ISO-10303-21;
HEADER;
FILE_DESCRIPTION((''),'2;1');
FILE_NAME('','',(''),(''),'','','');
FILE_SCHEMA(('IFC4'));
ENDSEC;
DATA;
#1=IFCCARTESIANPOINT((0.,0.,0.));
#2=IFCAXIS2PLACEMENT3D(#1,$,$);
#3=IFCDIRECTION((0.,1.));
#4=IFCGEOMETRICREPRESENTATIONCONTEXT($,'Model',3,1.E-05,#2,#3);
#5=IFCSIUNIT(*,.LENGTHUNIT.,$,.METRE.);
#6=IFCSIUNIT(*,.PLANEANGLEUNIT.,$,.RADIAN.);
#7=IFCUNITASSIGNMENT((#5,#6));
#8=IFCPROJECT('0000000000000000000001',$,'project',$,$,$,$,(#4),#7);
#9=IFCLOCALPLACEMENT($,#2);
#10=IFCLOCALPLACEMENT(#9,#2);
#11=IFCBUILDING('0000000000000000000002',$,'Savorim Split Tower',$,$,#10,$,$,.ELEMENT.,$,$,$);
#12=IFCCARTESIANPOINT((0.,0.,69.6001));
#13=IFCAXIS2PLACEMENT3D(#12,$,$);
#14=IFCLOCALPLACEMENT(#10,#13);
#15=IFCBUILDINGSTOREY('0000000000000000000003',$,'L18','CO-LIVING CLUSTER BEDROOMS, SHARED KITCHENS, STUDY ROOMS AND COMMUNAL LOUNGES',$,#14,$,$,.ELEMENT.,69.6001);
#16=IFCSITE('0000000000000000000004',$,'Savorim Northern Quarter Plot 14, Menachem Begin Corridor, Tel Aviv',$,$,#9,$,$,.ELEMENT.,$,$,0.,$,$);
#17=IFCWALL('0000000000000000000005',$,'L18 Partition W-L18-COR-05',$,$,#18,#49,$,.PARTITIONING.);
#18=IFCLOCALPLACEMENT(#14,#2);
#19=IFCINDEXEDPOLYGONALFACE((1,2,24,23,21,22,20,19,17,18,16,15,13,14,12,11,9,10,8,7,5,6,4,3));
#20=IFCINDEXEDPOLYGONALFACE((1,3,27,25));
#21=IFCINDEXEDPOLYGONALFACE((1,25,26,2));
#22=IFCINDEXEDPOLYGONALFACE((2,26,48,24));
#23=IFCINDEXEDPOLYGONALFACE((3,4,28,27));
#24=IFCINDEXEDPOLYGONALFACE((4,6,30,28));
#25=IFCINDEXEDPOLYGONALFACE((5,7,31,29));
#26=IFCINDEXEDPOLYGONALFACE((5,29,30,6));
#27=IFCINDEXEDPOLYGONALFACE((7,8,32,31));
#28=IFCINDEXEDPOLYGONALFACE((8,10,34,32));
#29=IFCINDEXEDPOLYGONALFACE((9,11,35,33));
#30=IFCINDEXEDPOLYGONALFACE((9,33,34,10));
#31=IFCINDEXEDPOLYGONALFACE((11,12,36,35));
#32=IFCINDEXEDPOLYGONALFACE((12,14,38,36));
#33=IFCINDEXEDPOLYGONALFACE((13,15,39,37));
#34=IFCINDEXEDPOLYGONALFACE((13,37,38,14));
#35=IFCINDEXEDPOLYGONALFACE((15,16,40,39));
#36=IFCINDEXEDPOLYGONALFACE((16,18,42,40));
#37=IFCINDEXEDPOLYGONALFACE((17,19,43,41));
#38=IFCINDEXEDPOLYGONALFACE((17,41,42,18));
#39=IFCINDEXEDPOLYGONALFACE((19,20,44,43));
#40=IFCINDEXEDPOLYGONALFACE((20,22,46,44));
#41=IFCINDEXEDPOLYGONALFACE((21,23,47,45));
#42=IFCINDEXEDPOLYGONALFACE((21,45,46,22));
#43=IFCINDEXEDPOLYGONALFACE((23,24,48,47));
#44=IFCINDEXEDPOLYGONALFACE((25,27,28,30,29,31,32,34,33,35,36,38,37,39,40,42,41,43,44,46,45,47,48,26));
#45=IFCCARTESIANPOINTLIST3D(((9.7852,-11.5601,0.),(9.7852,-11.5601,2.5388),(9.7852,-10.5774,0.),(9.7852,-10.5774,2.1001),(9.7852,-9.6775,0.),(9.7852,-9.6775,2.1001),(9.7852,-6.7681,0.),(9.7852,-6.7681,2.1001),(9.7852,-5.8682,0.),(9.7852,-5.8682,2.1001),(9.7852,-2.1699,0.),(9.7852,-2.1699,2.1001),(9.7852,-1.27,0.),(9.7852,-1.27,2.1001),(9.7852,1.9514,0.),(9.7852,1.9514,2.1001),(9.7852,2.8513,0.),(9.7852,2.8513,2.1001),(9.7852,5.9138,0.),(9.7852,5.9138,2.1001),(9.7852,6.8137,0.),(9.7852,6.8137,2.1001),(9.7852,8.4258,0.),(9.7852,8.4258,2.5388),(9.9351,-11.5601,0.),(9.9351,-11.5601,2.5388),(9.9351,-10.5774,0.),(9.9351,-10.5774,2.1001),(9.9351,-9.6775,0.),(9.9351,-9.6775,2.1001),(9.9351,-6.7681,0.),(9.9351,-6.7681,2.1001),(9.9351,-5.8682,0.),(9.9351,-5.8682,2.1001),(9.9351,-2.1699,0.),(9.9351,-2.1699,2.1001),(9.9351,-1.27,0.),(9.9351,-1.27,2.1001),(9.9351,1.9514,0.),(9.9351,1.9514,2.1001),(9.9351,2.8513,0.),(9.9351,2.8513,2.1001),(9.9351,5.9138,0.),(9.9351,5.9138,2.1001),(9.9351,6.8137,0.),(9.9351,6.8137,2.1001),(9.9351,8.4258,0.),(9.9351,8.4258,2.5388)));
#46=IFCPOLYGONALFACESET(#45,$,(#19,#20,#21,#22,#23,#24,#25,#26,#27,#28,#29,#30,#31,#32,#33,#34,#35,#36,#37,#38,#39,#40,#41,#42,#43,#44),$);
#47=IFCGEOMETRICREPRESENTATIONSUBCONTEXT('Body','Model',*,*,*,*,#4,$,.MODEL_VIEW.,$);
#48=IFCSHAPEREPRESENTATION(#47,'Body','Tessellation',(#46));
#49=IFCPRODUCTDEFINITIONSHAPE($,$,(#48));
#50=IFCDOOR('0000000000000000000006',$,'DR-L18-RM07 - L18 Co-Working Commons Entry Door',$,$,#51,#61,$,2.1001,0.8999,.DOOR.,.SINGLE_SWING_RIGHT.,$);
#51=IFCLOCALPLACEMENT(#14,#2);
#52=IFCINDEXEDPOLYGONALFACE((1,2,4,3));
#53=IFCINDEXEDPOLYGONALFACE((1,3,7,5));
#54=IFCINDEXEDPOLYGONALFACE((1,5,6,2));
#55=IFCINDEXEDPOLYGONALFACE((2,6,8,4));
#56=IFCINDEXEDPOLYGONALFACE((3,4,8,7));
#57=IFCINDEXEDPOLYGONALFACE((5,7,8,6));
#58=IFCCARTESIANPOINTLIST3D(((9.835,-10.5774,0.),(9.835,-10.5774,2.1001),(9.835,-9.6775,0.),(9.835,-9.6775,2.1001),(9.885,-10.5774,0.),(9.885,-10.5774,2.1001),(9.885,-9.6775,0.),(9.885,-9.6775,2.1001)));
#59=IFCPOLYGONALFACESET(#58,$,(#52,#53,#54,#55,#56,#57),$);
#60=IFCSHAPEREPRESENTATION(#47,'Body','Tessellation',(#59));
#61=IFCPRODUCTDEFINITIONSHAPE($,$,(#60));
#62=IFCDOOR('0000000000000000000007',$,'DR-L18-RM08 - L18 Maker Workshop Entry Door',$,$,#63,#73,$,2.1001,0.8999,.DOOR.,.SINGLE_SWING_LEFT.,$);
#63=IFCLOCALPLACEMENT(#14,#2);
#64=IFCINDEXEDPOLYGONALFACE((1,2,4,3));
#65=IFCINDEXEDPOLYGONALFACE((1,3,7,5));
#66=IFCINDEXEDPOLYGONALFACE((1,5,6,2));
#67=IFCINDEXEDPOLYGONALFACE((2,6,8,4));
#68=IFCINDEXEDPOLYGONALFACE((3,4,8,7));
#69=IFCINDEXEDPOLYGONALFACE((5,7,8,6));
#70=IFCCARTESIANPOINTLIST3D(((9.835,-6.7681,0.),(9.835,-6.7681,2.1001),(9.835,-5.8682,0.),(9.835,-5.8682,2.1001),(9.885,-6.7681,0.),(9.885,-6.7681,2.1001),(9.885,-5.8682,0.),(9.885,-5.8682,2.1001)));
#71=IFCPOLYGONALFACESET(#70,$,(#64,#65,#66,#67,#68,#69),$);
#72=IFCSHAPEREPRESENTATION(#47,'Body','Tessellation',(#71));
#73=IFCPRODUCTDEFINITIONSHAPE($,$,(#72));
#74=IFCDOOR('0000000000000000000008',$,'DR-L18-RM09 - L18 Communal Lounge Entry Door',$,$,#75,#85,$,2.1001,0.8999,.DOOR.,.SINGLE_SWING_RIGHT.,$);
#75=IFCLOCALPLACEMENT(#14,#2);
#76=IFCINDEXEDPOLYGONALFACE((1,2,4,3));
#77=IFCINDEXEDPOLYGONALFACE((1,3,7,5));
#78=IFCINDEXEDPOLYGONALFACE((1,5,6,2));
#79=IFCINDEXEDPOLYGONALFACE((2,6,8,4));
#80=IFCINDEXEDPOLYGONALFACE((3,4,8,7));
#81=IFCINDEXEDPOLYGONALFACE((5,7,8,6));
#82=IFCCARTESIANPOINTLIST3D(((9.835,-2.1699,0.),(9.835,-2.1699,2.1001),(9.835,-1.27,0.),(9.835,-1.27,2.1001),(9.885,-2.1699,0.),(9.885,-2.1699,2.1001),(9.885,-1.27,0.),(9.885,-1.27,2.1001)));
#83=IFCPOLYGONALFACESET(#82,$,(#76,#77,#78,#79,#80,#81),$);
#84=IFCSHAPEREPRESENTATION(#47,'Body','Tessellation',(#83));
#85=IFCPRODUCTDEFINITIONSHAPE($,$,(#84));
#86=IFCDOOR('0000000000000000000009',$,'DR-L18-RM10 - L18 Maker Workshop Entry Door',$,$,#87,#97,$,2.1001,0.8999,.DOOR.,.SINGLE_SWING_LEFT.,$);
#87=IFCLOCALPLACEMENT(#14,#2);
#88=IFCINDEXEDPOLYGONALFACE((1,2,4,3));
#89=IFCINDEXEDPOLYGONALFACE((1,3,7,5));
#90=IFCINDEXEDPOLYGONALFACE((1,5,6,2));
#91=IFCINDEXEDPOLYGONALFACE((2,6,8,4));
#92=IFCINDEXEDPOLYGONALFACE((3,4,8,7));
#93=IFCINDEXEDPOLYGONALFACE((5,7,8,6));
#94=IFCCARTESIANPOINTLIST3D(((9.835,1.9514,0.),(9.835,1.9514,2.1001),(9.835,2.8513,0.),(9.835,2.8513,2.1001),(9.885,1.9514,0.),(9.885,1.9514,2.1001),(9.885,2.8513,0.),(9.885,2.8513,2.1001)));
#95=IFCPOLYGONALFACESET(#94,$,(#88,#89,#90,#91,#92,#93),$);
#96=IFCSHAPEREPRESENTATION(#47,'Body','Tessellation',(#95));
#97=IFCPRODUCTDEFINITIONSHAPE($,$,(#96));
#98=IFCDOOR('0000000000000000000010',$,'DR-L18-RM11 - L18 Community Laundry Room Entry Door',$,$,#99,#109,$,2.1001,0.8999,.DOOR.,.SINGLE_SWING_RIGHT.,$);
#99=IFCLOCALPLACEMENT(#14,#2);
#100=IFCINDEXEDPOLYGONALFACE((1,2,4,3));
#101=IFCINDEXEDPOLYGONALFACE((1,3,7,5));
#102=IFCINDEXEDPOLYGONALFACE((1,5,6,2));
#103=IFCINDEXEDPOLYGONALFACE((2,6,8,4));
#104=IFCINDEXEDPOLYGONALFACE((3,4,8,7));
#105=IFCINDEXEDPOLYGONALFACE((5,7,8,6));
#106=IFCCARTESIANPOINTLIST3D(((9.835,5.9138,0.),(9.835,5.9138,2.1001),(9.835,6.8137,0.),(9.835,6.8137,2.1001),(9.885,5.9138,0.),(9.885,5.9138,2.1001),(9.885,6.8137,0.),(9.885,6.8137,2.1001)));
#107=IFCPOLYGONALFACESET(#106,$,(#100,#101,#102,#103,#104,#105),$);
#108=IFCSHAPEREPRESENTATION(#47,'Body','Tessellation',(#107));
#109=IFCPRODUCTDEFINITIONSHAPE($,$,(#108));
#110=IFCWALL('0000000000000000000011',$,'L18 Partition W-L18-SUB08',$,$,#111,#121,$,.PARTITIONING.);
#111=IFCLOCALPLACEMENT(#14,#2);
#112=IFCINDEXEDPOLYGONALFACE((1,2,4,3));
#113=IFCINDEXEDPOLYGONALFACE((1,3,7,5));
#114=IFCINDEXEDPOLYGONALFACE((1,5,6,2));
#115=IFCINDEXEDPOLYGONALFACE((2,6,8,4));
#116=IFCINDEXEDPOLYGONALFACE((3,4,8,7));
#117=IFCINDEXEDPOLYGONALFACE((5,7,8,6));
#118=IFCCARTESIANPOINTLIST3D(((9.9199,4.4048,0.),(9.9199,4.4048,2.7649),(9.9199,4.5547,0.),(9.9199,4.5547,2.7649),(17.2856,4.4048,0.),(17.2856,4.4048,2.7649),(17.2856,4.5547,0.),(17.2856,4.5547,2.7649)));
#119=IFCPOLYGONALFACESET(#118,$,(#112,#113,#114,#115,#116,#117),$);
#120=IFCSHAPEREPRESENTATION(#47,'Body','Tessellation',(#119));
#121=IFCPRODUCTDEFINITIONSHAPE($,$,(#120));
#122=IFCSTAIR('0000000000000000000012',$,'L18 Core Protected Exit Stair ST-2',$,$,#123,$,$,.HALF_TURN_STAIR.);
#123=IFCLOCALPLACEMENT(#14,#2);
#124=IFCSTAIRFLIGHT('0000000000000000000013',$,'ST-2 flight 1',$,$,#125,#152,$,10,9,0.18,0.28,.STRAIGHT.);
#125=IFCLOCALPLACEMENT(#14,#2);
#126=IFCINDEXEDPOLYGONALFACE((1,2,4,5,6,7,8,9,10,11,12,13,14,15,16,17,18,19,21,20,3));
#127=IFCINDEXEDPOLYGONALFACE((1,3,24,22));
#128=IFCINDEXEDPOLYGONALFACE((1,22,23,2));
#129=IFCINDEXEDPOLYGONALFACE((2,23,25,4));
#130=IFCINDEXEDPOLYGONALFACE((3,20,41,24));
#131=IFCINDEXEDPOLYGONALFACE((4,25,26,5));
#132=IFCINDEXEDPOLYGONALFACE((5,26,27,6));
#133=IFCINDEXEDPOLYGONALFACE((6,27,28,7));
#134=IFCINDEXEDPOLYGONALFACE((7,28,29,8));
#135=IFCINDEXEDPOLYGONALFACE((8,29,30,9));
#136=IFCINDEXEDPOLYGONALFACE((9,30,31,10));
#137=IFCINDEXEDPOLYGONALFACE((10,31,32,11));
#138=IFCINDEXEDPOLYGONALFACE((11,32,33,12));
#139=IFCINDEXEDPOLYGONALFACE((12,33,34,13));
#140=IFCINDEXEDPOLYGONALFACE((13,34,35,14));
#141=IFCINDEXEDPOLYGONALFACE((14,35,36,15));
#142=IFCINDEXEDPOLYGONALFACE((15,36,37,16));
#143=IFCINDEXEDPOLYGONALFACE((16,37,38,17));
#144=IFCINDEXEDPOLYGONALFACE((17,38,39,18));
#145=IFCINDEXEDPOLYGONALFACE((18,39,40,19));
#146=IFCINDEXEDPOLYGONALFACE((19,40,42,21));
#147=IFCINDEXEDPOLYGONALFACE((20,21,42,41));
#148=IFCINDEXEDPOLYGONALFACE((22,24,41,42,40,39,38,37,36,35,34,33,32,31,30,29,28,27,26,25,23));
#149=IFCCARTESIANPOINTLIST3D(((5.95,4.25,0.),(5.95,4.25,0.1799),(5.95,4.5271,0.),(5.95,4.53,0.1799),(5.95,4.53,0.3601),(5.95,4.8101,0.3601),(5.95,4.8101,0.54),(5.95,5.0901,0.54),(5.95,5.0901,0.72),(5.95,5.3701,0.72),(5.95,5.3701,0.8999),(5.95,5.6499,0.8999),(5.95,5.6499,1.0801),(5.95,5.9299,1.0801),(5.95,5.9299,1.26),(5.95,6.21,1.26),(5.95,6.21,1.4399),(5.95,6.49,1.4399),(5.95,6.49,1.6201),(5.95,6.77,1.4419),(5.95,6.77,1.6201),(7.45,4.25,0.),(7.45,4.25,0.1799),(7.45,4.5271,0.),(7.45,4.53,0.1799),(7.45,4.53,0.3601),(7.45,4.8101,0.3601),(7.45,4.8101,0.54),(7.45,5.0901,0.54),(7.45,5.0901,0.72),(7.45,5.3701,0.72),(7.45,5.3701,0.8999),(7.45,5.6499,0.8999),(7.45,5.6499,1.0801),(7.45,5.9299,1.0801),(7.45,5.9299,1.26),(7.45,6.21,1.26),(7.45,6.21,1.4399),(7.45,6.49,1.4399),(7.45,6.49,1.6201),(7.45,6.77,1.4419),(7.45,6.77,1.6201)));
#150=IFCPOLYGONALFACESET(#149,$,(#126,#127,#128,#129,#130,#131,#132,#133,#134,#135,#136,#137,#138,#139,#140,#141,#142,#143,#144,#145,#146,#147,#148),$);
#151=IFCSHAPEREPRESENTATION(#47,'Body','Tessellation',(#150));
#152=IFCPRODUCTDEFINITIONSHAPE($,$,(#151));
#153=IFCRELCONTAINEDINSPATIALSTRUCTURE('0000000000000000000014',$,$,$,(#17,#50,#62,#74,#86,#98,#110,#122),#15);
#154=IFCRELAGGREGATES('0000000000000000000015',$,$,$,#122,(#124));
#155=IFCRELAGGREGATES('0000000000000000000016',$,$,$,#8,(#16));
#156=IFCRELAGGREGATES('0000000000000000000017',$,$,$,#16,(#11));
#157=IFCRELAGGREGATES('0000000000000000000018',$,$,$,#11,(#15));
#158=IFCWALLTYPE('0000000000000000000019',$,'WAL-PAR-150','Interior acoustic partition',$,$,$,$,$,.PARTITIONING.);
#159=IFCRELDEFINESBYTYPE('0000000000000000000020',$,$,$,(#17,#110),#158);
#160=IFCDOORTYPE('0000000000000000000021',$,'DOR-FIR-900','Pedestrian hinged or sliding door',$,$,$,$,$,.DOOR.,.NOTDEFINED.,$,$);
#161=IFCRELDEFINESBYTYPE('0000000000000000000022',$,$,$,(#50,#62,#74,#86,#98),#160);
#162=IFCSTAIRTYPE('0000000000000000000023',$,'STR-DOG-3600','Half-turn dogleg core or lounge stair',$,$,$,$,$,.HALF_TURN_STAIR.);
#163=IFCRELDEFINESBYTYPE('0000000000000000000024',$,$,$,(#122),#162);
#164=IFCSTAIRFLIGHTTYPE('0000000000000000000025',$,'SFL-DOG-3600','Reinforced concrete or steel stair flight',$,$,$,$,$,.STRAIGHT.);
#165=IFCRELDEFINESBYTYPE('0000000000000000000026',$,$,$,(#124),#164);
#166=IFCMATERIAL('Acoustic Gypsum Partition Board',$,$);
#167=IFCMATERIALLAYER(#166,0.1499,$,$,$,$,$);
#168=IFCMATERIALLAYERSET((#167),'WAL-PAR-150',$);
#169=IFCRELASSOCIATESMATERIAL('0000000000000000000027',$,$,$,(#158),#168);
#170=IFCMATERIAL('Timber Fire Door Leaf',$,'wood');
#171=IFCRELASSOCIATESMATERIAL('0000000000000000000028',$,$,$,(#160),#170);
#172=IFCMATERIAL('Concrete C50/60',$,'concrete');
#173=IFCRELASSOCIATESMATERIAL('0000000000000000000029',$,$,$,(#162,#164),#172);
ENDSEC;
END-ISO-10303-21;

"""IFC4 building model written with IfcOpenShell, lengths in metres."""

from ifc_helpers import new_model, si_unit, direction, frame, frame_2d, origin, place, context, subcontext, project, spatial, polyline, rectangle, outline, extrude, material, layer, layer_set, type_object, element, fill, aggregate, save


model = new_model("IFC4")

# Units and contexts
model_context = context("Model", 3, precision=1e-05, world=origin(), true_north=direction((0.0, 1.0)))
body_context = subcontext(model_context, "Body", "Model", "MODEL_VIEW")
ifc_project = project(units=[si_unit("LENGTHUNIT", "METRE"), si_unit("PLANEANGLEUNIT", "RADIAN")], contexts=[model_context])

# Site, building, storey
site_placement = place(None, origin())
site = spatial("IfcSite", under=ifc_project, at=site_placement, Name="Savorim Northern Quarter Plot 14, Menachem Begin Corridor, Tel Aviv", CompositionType="ELEMENT", RefElevation=0.0)
building_placement = place(site_placement, origin())
building = spatial("IfcBuilding", under=site, at=building_placement, Name="Savorim Split Tower", CompositionType="ELEMENT")
storey_placement = place(building_placement, frame((0.0, 0.0, 69.6001)))
storey = spatial("IfcBuildingStorey", under=building, at=storey_placement, Name="L18", Description="CO-LIVING CLUSTER BEDROOMS, SHARED KITCHENS, STUDY ROOMS AND COMMUNAL LOUNGES", CompositionType="ELEMENT", Elevation=69.6001)

# Shared definitions
ifc_material_1 = material(Name="Concrete C50/60", Category="concrete")
ifc_material_2 = material(Name="Timber Fire Door Leaf", Category="wood")

# Wall, openings, doors
ifc_material_3 = material(Name="Acoustic Gypsum Partition Board")
ifc_layer_1 = layer(ifc_material_3, 0.1499)
ifc_layer_set_1 = layer_set([ifc_layer_1], Name="WAL-PAR-150")
wall_type_1 = type_object("IfcWallType", Name="WAL-PAR-150", Description="Interior acoustic partition", PredefinedType="PARTITIONING", material=ifc_layer_set_1)
wall_1_placement = place(storey_placement, frame((9.8601, 8.4258, 0.0), z_axis=(0.0, 0.0, 1.0), x_axis=(0.0, -1.0, 0.0)))
wall_1 = element("IfcWall", 1, at=wall_1_placement, inside=storey, type_object=wall_type_1, Name="L18 Partition W-L18-COR-05", PredefinedType="PARTITIONING", context=body_context, shape_type="SweptSolid", body=[
    extrude(rectangle(XDim=19.9858, YDim=0.1499, at=frame_2d((9.9929, 0.0))), origin(), (0.0, 0.0, 1.0), 2.5388),
])
opening_1_placement = place(wall_1_placement, frame((18.1033, 0.0, 0.0)))
opening_1 = element("IfcOpeningElement", 2, at=opening_1_placement, cuts=wall_1, PredefinedType="OPENING", context=body_context, shape_type="SweptSolid", body=[
    extrude(rectangle(XDim=0.8999, YDim=2.1001, at=frame_2d((0.45, 1.05))), frame((0.0, 0.085, 0.0), z_axis=(0.0, -1.0, 0.0), x_axis=(1.0, 0.0, 0.0)), (0.0, 0.0, 1.0), 0.1699),
])
opening_2_placement = place(wall_1_placement, frame((14.2939, 0.0, 0.0)))
opening_2 = element("IfcOpeningElement", 3, at=opening_2_placement, cuts=wall_1, PredefinedType="OPENING", context=body_context, shape_type="SweptSolid", body=[
    extrude(rectangle(XDim=0.8999, YDim=2.1001, at=frame_2d((0.45, 1.05))), frame((0.0, 0.085, 0.0), z_axis=(0.0, -1.0, 0.0), x_axis=(1.0, 0.0, 0.0)), (0.0, 0.0, 1.0), 0.1699),
])
opening_3_placement = place(wall_1_placement, frame((9.6958, 0.0, 0.0)))
opening_3 = element("IfcOpeningElement", 4, at=opening_3_placement, cuts=wall_1, PredefinedType="OPENING", context=body_context, shape_type="SweptSolid", body=[
    extrude(rectangle(XDim=0.8999, YDim=2.1001, at=frame_2d((0.45, 1.05))), frame((0.0, 0.085, 0.0), z_axis=(0.0, -1.0, 0.0), x_axis=(1.0, 0.0, 0.0)), (0.0, 0.0, 1.0), 0.1699),
])
opening_4_placement = place(wall_1_placement, frame((5.5745, 0.0, 0.0)))
opening_4 = element("IfcOpeningElement", 5, at=opening_4_placement, cuts=wall_1, PredefinedType="OPENING", context=body_context, shape_type="SweptSolid", body=[
    extrude(rectangle(XDim=0.8999, YDim=2.1001, at=frame_2d((0.45, 1.05))), frame((0.0, 0.085, 0.0), z_axis=(0.0, -1.0, 0.0), x_axis=(1.0, 0.0, 0.0)), (0.0, 0.0, 1.0), 0.1699),
])
opening_5_placement = place(wall_1_placement, frame((1.6121, 0.0, 0.0)))
opening_5 = element("IfcOpeningElement", 6, at=opening_5_placement, cuts=wall_1, PredefinedType="OPENING", context=body_context, shape_type="SweptSolid", body=[
    extrude(rectangle(XDim=0.8999, YDim=2.1001, at=frame_2d((0.45, 1.05))), frame((0.0, 0.085, 0.0), z_axis=(0.0, -1.0, 0.0), x_axis=(1.0, 0.0, 0.0)), (0.0, 0.0, 1.0), 0.1699),
])
door_type_1 = type_object("IfcDoorType", Name="DOR-FIR-900", Description="Pedestrian hinged or sliding door", OperationType="NOTDEFINED", PredefinedType="DOOR", material=ifc_material_2)
door_1_placement = place(opening_1_placement, origin())
door_1 = element("IfcDoor", 7, at=door_1_placement, inside=storey, type_object=door_type_1, Name="DR-L18-RM07 - L18 Co-Working Commons Entry Door", OperationType="SINGLE_SWING_RIGHT", OverallHeight=2.1001, OverallWidth=0.8999, PredefinedType="DOOR", context=body_context, shape_type="SweptSolid", body=[
    extrude(rectangle(XDim=0.8999, YDim=2.1001, at=frame_2d((0.45, 1.05))), frame((0.0, 0.0249, 0.0), z_axis=(0.0, -1.0, 0.0), x_axis=(1.0, 0.0, 0.0)), (0.0, 0.0, 1.0), 0.05),
])
fill(opening_1, door_1)
door_2_placement = place(opening_2_placement, origin())
door_2 = element("IfcDoor", 8, at=door_2_placement, inside=storey, type_object=door_type_1, Name="DR-L18-RM08 - L18 Maker Workshop Entry Door", OperationType="SINGLE_SWING_LEFT", OverallHeight=2.1001, OverallWidth=0.8999, PredefinedType="DOOR", context=body_context, shape_type="SweptSolid", body=[
    extrude(rectangle(XDim=0.8999, YDim=2.1001, at=frame_2d((0.45, 1.05))), frame((0.0, 0.0249, 0.0), z_axis=(0.0, -1.0, 0.0), x_axis=(1.0, 0.0, 0.0)), (0.0, 0.0, 1.0), 0.05),
])
fill(opening_2, door_2)
door_3_placement = place(opening_3_placement, origin())
door_3 = element("IfcDoor", 9, at=door_3_placement, inside=storey, type_object=door_type_1, Name="DR-L18-RM09 - L18 Communal Lounge Entry Door", OperationType="SINGLE_SWING_RIGHT", OverallHeight=2.1001, OverallWidth=0.8999, PredefinedType="DOOR", context=body_context, shape_type="SweptSolid", body=[
    extrude(rectangle(XDim=0.8999, YDim=2.1001, at=frame_2d((0.45, 1.05))), frame((0.0, 0.0249, 0.0), z_axis=(0.0, -1.0, 0.0), x_axis=(1.0, 0.0, 0.0)), (0.0, 0.0, 1.0), 0.05),
])
fill(opening_3, door_3)
door_4_placement = place(opening_4_placement, origin())
door_4 = element("IfcDoor", 10, at=door_4_placement, inside=storey, type_object=door_type_1, Name="DR-L18-RM10 - L18 Maker Workshop Entry Door", OperationType="SINGLE_SWING_LEFT", OverallHeight=2.1001, OverallWidth=0.8999, PredefinedType="DOOR", context=body_context, shape_type="SweptSolid", body=[
    extrude(rectangle(XDim=0.8999, YDim=2.1001, at=frame_2d((0.45, 1.05))), frame((0.0, 0.0249, 0.0), z_axis=(0.0, -1.0, 0.0), x_axis=(1.0, 0.0, 0.0)), (0.0, 0.0, 1.0), 0.05),
])
fill(opening_4, door_4)
door_5_placement = place(opening_5_placement, origin())
door_5 = element("IfcDoor", 11, at=door_5_placement, inside=storey, type_object=door_type_1, Name="DR-L18-RM11 - L18 Community Laundry Room Entry Door", OperationType="SINGLE_SWING_RIGHT", OverallHeight=2.1001, OverallWidth=0.8999, PredefinedType="DOOR", context=body_context, shape_type="SweptSolid", body=[
    extrude(rectangle(XDim=0.8999, YDim=2.1001, at=frame_2d((0.45, 1.05))), frame((0.0, 0.0249, 0.0), z_axis=(0.0, -1.0, 0.0), x_axis=(1.0, 0.0, 0.0)), (0.0, 0.0, 1.0), 0.05),
])
fill(opening_5, door_5)

# Wall
wall_2_placement = place(storey_placement, frame((9.9199, 4.4797, 0.0), z_axis=(0.0, 0.0, 1.0), x_axis=(1.0, 0.0, 0.0)))
element("IfcWall", 12, at=wall_2_placement, inside=storey, type_object=wall_type_1, Name="L18 Partition W-L18-SUB08", PredefinedType="PARTITIONING", context=body_context, shape_type="SweptSolid", body=[
    extrude(rectangle(XDim=7.3657, YDim=0.1499, at=frame_2d((3.6829, 0.0))), origin(), (0.0, 0.0, 1.0), 2.7649),
])

# Stair, stair flight
stair_type = type_object("IfcStairType", Name="STR-DOG-3600", Description="Half-turn dogleg core or lounge stair", PredefinedType="HALF_TURN_STAIR", material=ifc_material_1)
stair_placement = place(storey_placement, origin())
stair = element("IfcStair", 13, at=stair_placement, inside=storey, type_object=stair_type, Name="L18 Core Protected Exit Stair ST-2", PredefinedType="HALF_TURN_STAIR")
stair_flight_type = type_object("IfcStairFlightType", Name="SFL-DOG-3600", Description="Reinforced concrete or steel stair flight", PredefinedType="STRAIGHT", material=ifc_material_1)
stair_flight_1_placement = place(storey_placement, frame((6.7, 4.25, 0.0), z_axis=(0.0, 0.0, 1.0), x_axis=(0.0, 1.0, 0.0)))
stair_flight_1 = element("IfcStairFlight", 14, at=stair_flight_1_placement, type_object=stair_flight_type, Name="ST-2 flight 1", NumberOfRisers=10, NumberOfTreads=9, PredefinedType="STRAIGHT", RiserHeight=0.18, TreadLength=0.28, context=body_context, shape_type="SweptSolid", body=[
    extrude(outline(polyline([(0.0, 0.0), (0.0, 0.1799), (0.28, 0.1799), (0.28, 0.3601), (0.5601, 0.3601), (0.5601, 0.54), (0.8401, 0.54), (0.8401, 0.72), (1.1201, 0.72), (1.1201, 0.8999), (1.3999, 0.8999), (1.3999, 1.0801), (1.6799, 1.0801), (1.6799, 1.26), (1.96, 1.26), (1.96, 1.4399), (2.24, 1.4399), (2.24, 1.6201), (2.52, 1.6201), (2.52, 1.8), (2.52, 1.4419), (0.2771, 0.0), (0.0, 0.0)])), frame((0.0, 0.75, 0.0), z_axis=(0.0, -1.0, 0.0), x_axis=(1.0, 0.0, 0.0)), (0.0, 0.0, 1.0), 1.5),
])
aggregate(stair, [stair_flight_1])

save(model, "model.ifc")
